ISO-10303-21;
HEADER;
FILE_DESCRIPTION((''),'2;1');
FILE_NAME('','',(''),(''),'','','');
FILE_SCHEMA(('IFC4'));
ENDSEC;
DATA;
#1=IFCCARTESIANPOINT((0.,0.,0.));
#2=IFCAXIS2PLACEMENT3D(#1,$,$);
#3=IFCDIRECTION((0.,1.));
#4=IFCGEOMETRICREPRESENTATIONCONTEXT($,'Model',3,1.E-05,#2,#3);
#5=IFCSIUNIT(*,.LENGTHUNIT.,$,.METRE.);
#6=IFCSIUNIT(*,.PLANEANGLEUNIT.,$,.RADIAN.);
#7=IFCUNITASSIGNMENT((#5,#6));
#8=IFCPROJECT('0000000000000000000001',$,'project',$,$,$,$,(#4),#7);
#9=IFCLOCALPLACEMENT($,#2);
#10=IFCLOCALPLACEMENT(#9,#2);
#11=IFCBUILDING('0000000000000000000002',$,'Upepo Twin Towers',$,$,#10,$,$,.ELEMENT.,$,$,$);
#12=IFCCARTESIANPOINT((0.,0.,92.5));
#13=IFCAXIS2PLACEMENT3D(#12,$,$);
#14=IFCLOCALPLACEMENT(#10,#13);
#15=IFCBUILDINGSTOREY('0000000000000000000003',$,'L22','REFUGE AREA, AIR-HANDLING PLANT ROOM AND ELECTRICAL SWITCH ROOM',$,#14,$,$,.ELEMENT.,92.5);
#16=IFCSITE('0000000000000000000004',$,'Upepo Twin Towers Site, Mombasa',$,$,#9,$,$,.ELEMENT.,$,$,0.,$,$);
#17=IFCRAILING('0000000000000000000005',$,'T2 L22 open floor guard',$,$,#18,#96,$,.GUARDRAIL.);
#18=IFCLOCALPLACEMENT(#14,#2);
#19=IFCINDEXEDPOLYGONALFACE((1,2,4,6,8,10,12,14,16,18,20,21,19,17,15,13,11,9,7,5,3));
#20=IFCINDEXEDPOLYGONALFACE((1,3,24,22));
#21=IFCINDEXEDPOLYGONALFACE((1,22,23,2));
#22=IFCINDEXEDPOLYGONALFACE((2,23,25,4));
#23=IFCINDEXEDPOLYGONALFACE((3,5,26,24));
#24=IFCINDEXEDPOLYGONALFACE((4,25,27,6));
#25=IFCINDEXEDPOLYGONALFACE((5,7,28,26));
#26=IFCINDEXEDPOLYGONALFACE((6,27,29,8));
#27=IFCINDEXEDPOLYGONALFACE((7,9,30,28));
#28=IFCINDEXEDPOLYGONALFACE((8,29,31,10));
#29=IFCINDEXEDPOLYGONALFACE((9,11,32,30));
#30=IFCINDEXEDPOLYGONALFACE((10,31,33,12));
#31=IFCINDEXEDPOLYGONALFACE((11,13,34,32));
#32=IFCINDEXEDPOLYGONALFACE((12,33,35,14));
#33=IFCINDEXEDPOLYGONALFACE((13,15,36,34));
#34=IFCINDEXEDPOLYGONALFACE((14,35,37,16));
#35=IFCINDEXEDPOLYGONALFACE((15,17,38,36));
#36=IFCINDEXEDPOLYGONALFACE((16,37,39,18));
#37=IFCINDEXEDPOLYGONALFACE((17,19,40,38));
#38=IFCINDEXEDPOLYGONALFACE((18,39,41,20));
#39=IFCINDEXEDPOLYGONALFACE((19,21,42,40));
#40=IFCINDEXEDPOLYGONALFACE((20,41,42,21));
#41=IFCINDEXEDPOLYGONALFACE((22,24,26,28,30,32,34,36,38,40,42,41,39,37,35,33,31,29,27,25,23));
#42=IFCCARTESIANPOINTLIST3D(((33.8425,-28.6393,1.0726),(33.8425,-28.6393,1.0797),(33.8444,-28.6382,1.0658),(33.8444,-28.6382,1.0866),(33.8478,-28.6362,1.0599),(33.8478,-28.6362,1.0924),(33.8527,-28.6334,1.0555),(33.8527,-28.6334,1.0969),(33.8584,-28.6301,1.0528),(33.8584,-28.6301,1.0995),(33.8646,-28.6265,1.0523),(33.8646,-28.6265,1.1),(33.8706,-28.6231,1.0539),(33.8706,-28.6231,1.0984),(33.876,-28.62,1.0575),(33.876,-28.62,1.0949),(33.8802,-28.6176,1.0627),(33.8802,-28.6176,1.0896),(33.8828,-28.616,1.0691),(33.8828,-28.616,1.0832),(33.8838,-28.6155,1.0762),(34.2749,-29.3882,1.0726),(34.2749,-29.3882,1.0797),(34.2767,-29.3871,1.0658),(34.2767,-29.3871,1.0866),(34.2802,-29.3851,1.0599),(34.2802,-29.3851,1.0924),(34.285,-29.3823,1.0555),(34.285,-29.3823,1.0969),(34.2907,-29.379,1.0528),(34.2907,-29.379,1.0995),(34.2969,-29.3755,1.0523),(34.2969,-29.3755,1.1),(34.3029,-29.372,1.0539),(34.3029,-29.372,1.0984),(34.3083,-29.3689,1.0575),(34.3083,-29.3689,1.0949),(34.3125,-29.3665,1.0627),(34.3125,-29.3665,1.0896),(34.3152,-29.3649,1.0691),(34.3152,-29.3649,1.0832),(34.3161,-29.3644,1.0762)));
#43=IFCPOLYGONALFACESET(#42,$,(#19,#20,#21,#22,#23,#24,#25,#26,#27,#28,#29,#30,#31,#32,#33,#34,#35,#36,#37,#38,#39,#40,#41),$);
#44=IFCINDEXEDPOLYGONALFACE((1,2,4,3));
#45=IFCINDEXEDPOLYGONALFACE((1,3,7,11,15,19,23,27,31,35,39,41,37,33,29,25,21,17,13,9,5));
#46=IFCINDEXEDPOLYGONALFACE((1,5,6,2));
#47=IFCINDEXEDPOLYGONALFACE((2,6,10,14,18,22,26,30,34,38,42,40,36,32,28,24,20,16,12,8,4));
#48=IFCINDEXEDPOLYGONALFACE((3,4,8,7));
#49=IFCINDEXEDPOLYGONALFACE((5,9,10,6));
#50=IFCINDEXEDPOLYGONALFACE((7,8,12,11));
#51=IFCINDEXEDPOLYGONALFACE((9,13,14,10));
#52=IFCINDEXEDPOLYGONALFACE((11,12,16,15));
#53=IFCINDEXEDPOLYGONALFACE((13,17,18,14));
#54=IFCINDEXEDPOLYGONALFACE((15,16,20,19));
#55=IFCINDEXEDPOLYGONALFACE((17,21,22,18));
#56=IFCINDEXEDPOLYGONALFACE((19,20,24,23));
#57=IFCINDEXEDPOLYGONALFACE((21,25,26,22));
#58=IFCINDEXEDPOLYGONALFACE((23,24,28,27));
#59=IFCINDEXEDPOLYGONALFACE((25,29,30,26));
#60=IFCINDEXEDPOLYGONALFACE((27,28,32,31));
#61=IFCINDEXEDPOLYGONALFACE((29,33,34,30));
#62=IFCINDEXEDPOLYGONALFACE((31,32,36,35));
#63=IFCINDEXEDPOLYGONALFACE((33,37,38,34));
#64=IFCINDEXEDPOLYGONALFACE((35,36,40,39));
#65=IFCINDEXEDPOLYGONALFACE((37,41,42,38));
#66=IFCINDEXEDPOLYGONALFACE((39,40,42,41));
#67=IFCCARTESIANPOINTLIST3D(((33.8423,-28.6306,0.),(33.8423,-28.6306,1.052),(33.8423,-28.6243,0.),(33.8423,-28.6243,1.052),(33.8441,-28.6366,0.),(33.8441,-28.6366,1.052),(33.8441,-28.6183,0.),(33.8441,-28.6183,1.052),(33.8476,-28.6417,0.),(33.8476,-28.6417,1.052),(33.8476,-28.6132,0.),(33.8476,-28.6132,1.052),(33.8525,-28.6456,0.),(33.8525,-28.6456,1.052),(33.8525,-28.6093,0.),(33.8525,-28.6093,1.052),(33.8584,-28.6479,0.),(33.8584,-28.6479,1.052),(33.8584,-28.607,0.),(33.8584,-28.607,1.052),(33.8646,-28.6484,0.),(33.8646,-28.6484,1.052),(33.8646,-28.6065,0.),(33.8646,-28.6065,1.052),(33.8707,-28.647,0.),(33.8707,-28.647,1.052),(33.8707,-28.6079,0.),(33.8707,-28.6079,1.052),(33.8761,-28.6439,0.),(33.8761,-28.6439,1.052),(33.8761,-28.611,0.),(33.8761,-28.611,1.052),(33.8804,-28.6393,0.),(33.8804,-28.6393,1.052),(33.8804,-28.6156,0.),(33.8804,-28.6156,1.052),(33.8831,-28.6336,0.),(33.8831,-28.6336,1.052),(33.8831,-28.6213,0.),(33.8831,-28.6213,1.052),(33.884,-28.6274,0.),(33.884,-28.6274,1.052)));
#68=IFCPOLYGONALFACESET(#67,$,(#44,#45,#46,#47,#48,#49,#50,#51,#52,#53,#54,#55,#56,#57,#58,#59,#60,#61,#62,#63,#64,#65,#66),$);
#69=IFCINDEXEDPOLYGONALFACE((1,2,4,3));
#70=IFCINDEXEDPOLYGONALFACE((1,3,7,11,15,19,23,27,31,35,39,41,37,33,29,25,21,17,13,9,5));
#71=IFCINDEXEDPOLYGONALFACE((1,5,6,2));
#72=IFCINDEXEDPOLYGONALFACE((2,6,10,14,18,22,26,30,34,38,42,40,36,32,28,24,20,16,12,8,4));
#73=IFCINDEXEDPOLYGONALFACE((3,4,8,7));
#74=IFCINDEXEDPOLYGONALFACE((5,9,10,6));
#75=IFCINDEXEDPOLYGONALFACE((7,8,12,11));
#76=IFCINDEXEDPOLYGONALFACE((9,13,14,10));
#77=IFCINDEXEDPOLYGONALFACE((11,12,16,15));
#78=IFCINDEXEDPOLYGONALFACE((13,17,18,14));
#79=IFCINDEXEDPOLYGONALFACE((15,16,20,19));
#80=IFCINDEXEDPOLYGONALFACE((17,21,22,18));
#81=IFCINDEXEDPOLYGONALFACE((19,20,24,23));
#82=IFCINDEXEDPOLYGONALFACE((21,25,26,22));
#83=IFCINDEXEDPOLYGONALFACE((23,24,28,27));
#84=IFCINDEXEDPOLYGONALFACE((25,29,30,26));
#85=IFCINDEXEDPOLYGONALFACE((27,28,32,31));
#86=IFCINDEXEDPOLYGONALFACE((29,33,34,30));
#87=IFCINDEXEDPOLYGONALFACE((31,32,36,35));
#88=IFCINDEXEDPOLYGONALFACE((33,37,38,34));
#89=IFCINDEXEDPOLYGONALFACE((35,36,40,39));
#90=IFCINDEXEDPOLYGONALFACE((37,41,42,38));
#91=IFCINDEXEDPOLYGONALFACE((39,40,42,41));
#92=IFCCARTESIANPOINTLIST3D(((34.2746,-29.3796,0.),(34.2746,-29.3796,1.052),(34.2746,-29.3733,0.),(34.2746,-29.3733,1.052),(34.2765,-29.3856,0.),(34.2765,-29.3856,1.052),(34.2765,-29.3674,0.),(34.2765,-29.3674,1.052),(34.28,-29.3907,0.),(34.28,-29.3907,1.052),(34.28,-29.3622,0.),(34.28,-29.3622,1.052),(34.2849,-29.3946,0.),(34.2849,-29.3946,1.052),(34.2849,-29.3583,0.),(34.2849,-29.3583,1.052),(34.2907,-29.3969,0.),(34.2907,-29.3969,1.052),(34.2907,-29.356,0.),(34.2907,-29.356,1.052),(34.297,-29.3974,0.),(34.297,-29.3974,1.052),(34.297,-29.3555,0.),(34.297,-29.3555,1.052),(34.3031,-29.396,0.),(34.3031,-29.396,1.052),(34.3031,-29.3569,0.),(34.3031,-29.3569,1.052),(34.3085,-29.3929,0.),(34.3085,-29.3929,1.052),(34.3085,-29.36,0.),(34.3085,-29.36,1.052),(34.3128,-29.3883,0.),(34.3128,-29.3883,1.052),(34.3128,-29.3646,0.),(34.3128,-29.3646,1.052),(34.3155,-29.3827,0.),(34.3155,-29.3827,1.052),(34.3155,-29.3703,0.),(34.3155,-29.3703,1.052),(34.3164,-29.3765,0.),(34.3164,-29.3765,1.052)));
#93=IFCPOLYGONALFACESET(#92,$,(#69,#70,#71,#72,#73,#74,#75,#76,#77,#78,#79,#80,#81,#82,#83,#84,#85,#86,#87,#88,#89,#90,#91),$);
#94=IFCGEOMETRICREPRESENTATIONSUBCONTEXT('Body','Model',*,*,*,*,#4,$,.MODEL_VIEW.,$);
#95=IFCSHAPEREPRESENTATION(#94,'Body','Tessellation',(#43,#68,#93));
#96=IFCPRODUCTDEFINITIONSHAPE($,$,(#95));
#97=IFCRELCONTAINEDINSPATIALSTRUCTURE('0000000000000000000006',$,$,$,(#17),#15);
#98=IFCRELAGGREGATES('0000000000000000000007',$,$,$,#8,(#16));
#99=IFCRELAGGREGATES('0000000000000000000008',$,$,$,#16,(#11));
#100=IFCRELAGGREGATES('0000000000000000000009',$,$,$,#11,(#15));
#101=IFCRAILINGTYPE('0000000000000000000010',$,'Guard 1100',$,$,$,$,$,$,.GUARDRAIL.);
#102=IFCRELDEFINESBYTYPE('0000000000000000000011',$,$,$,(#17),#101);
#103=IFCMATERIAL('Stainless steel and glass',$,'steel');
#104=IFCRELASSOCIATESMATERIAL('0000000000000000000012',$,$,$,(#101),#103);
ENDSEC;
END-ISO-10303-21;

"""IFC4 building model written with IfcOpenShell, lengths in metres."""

from ifc_helpers import new_model, si_unit, direction, frame, origin, origin_2d, place, context, subcontext, project, spatial, circle, extrude, material, type_object, element, save


model = new_model("IFC4")

# Units and contexts
model_context = context("Model", 3, precision=1e-05, world=origin(), true_north=direction((0.0, 1.0)))
body_context = subcontext(model_context, "Body", "Model", "MODEL_VIEW")
ifc_project = project(units=[si_unit("LENGTHUNIT", "METRE"), si_unit("PLANEANGLEUNIT", "RADIAN")], contexts=[model_context])

# Site, building, storey
site_placement = place(None, origin())
site = spatial("IfcSite", under=ifc_project, at=site_placement, Name="Upepo Twin Towers Site, Mombasa", CompositionType="ELEMENT", RefElevation=0.0)
building_placement = place(site_placement, origin())
building = spatial("IfcBuilding", under=site, at=building_placement, Name="Upepo Twin Towers", CompositionType="ELEMENT")
storey_placement = place(building_placement, frame((0.0, 0.0, 92.5)))
storey = spatial("IfcBuildingStorey", under=building, at=storey_placement, Name="L22", Description="REFUGE AREA, AIR-HANDLING PLANT ROOM AND ELECTRICAL SWITCH ROOM", CompositionType="ELEMENT", Elevation=92.5)

# Railing
ifc_material_1 = material(Name="Stainless steel and glass", Category="steel")
railing_type = type_object("IfcRailingType", Name="Guard 1100", PredefinedType="GUARDRAIL", material=ifc_material_1)
railing_1_placement = place(storey_placement, frame((33.863, -28.6274, 0.0)))
element("IfcRailing", 1, at=railing_1_placement, inside=storey, type_object=railing_type, Name="T2 L22 open floor guard", PredefinedType="GUARDRAIL", context=body_context, shape_type="SweptSolid", body=[
    extrude(circle(Radius=0.0239, at=origin_2d()), frame((0.0, 0.0, 1.0762), z_axis=(0.499934, -0.866063, 0.0), x_axis=(0.866063, 0.499934, 0.0)), (0.0, 0.0, 1.0), 0.8647),
    extrude(circle(Radius=0.021, at=origin_2d()), origin(), (0.0, 0.0, 1.0), 1.052),
    extrude(circle(Radius=0.021, at=origin_2d()), frame((0.4324, -0.749, 0.0)), (0.0, 0.0, 1.0), 1.052),
])

save(model, "model.ifc")
